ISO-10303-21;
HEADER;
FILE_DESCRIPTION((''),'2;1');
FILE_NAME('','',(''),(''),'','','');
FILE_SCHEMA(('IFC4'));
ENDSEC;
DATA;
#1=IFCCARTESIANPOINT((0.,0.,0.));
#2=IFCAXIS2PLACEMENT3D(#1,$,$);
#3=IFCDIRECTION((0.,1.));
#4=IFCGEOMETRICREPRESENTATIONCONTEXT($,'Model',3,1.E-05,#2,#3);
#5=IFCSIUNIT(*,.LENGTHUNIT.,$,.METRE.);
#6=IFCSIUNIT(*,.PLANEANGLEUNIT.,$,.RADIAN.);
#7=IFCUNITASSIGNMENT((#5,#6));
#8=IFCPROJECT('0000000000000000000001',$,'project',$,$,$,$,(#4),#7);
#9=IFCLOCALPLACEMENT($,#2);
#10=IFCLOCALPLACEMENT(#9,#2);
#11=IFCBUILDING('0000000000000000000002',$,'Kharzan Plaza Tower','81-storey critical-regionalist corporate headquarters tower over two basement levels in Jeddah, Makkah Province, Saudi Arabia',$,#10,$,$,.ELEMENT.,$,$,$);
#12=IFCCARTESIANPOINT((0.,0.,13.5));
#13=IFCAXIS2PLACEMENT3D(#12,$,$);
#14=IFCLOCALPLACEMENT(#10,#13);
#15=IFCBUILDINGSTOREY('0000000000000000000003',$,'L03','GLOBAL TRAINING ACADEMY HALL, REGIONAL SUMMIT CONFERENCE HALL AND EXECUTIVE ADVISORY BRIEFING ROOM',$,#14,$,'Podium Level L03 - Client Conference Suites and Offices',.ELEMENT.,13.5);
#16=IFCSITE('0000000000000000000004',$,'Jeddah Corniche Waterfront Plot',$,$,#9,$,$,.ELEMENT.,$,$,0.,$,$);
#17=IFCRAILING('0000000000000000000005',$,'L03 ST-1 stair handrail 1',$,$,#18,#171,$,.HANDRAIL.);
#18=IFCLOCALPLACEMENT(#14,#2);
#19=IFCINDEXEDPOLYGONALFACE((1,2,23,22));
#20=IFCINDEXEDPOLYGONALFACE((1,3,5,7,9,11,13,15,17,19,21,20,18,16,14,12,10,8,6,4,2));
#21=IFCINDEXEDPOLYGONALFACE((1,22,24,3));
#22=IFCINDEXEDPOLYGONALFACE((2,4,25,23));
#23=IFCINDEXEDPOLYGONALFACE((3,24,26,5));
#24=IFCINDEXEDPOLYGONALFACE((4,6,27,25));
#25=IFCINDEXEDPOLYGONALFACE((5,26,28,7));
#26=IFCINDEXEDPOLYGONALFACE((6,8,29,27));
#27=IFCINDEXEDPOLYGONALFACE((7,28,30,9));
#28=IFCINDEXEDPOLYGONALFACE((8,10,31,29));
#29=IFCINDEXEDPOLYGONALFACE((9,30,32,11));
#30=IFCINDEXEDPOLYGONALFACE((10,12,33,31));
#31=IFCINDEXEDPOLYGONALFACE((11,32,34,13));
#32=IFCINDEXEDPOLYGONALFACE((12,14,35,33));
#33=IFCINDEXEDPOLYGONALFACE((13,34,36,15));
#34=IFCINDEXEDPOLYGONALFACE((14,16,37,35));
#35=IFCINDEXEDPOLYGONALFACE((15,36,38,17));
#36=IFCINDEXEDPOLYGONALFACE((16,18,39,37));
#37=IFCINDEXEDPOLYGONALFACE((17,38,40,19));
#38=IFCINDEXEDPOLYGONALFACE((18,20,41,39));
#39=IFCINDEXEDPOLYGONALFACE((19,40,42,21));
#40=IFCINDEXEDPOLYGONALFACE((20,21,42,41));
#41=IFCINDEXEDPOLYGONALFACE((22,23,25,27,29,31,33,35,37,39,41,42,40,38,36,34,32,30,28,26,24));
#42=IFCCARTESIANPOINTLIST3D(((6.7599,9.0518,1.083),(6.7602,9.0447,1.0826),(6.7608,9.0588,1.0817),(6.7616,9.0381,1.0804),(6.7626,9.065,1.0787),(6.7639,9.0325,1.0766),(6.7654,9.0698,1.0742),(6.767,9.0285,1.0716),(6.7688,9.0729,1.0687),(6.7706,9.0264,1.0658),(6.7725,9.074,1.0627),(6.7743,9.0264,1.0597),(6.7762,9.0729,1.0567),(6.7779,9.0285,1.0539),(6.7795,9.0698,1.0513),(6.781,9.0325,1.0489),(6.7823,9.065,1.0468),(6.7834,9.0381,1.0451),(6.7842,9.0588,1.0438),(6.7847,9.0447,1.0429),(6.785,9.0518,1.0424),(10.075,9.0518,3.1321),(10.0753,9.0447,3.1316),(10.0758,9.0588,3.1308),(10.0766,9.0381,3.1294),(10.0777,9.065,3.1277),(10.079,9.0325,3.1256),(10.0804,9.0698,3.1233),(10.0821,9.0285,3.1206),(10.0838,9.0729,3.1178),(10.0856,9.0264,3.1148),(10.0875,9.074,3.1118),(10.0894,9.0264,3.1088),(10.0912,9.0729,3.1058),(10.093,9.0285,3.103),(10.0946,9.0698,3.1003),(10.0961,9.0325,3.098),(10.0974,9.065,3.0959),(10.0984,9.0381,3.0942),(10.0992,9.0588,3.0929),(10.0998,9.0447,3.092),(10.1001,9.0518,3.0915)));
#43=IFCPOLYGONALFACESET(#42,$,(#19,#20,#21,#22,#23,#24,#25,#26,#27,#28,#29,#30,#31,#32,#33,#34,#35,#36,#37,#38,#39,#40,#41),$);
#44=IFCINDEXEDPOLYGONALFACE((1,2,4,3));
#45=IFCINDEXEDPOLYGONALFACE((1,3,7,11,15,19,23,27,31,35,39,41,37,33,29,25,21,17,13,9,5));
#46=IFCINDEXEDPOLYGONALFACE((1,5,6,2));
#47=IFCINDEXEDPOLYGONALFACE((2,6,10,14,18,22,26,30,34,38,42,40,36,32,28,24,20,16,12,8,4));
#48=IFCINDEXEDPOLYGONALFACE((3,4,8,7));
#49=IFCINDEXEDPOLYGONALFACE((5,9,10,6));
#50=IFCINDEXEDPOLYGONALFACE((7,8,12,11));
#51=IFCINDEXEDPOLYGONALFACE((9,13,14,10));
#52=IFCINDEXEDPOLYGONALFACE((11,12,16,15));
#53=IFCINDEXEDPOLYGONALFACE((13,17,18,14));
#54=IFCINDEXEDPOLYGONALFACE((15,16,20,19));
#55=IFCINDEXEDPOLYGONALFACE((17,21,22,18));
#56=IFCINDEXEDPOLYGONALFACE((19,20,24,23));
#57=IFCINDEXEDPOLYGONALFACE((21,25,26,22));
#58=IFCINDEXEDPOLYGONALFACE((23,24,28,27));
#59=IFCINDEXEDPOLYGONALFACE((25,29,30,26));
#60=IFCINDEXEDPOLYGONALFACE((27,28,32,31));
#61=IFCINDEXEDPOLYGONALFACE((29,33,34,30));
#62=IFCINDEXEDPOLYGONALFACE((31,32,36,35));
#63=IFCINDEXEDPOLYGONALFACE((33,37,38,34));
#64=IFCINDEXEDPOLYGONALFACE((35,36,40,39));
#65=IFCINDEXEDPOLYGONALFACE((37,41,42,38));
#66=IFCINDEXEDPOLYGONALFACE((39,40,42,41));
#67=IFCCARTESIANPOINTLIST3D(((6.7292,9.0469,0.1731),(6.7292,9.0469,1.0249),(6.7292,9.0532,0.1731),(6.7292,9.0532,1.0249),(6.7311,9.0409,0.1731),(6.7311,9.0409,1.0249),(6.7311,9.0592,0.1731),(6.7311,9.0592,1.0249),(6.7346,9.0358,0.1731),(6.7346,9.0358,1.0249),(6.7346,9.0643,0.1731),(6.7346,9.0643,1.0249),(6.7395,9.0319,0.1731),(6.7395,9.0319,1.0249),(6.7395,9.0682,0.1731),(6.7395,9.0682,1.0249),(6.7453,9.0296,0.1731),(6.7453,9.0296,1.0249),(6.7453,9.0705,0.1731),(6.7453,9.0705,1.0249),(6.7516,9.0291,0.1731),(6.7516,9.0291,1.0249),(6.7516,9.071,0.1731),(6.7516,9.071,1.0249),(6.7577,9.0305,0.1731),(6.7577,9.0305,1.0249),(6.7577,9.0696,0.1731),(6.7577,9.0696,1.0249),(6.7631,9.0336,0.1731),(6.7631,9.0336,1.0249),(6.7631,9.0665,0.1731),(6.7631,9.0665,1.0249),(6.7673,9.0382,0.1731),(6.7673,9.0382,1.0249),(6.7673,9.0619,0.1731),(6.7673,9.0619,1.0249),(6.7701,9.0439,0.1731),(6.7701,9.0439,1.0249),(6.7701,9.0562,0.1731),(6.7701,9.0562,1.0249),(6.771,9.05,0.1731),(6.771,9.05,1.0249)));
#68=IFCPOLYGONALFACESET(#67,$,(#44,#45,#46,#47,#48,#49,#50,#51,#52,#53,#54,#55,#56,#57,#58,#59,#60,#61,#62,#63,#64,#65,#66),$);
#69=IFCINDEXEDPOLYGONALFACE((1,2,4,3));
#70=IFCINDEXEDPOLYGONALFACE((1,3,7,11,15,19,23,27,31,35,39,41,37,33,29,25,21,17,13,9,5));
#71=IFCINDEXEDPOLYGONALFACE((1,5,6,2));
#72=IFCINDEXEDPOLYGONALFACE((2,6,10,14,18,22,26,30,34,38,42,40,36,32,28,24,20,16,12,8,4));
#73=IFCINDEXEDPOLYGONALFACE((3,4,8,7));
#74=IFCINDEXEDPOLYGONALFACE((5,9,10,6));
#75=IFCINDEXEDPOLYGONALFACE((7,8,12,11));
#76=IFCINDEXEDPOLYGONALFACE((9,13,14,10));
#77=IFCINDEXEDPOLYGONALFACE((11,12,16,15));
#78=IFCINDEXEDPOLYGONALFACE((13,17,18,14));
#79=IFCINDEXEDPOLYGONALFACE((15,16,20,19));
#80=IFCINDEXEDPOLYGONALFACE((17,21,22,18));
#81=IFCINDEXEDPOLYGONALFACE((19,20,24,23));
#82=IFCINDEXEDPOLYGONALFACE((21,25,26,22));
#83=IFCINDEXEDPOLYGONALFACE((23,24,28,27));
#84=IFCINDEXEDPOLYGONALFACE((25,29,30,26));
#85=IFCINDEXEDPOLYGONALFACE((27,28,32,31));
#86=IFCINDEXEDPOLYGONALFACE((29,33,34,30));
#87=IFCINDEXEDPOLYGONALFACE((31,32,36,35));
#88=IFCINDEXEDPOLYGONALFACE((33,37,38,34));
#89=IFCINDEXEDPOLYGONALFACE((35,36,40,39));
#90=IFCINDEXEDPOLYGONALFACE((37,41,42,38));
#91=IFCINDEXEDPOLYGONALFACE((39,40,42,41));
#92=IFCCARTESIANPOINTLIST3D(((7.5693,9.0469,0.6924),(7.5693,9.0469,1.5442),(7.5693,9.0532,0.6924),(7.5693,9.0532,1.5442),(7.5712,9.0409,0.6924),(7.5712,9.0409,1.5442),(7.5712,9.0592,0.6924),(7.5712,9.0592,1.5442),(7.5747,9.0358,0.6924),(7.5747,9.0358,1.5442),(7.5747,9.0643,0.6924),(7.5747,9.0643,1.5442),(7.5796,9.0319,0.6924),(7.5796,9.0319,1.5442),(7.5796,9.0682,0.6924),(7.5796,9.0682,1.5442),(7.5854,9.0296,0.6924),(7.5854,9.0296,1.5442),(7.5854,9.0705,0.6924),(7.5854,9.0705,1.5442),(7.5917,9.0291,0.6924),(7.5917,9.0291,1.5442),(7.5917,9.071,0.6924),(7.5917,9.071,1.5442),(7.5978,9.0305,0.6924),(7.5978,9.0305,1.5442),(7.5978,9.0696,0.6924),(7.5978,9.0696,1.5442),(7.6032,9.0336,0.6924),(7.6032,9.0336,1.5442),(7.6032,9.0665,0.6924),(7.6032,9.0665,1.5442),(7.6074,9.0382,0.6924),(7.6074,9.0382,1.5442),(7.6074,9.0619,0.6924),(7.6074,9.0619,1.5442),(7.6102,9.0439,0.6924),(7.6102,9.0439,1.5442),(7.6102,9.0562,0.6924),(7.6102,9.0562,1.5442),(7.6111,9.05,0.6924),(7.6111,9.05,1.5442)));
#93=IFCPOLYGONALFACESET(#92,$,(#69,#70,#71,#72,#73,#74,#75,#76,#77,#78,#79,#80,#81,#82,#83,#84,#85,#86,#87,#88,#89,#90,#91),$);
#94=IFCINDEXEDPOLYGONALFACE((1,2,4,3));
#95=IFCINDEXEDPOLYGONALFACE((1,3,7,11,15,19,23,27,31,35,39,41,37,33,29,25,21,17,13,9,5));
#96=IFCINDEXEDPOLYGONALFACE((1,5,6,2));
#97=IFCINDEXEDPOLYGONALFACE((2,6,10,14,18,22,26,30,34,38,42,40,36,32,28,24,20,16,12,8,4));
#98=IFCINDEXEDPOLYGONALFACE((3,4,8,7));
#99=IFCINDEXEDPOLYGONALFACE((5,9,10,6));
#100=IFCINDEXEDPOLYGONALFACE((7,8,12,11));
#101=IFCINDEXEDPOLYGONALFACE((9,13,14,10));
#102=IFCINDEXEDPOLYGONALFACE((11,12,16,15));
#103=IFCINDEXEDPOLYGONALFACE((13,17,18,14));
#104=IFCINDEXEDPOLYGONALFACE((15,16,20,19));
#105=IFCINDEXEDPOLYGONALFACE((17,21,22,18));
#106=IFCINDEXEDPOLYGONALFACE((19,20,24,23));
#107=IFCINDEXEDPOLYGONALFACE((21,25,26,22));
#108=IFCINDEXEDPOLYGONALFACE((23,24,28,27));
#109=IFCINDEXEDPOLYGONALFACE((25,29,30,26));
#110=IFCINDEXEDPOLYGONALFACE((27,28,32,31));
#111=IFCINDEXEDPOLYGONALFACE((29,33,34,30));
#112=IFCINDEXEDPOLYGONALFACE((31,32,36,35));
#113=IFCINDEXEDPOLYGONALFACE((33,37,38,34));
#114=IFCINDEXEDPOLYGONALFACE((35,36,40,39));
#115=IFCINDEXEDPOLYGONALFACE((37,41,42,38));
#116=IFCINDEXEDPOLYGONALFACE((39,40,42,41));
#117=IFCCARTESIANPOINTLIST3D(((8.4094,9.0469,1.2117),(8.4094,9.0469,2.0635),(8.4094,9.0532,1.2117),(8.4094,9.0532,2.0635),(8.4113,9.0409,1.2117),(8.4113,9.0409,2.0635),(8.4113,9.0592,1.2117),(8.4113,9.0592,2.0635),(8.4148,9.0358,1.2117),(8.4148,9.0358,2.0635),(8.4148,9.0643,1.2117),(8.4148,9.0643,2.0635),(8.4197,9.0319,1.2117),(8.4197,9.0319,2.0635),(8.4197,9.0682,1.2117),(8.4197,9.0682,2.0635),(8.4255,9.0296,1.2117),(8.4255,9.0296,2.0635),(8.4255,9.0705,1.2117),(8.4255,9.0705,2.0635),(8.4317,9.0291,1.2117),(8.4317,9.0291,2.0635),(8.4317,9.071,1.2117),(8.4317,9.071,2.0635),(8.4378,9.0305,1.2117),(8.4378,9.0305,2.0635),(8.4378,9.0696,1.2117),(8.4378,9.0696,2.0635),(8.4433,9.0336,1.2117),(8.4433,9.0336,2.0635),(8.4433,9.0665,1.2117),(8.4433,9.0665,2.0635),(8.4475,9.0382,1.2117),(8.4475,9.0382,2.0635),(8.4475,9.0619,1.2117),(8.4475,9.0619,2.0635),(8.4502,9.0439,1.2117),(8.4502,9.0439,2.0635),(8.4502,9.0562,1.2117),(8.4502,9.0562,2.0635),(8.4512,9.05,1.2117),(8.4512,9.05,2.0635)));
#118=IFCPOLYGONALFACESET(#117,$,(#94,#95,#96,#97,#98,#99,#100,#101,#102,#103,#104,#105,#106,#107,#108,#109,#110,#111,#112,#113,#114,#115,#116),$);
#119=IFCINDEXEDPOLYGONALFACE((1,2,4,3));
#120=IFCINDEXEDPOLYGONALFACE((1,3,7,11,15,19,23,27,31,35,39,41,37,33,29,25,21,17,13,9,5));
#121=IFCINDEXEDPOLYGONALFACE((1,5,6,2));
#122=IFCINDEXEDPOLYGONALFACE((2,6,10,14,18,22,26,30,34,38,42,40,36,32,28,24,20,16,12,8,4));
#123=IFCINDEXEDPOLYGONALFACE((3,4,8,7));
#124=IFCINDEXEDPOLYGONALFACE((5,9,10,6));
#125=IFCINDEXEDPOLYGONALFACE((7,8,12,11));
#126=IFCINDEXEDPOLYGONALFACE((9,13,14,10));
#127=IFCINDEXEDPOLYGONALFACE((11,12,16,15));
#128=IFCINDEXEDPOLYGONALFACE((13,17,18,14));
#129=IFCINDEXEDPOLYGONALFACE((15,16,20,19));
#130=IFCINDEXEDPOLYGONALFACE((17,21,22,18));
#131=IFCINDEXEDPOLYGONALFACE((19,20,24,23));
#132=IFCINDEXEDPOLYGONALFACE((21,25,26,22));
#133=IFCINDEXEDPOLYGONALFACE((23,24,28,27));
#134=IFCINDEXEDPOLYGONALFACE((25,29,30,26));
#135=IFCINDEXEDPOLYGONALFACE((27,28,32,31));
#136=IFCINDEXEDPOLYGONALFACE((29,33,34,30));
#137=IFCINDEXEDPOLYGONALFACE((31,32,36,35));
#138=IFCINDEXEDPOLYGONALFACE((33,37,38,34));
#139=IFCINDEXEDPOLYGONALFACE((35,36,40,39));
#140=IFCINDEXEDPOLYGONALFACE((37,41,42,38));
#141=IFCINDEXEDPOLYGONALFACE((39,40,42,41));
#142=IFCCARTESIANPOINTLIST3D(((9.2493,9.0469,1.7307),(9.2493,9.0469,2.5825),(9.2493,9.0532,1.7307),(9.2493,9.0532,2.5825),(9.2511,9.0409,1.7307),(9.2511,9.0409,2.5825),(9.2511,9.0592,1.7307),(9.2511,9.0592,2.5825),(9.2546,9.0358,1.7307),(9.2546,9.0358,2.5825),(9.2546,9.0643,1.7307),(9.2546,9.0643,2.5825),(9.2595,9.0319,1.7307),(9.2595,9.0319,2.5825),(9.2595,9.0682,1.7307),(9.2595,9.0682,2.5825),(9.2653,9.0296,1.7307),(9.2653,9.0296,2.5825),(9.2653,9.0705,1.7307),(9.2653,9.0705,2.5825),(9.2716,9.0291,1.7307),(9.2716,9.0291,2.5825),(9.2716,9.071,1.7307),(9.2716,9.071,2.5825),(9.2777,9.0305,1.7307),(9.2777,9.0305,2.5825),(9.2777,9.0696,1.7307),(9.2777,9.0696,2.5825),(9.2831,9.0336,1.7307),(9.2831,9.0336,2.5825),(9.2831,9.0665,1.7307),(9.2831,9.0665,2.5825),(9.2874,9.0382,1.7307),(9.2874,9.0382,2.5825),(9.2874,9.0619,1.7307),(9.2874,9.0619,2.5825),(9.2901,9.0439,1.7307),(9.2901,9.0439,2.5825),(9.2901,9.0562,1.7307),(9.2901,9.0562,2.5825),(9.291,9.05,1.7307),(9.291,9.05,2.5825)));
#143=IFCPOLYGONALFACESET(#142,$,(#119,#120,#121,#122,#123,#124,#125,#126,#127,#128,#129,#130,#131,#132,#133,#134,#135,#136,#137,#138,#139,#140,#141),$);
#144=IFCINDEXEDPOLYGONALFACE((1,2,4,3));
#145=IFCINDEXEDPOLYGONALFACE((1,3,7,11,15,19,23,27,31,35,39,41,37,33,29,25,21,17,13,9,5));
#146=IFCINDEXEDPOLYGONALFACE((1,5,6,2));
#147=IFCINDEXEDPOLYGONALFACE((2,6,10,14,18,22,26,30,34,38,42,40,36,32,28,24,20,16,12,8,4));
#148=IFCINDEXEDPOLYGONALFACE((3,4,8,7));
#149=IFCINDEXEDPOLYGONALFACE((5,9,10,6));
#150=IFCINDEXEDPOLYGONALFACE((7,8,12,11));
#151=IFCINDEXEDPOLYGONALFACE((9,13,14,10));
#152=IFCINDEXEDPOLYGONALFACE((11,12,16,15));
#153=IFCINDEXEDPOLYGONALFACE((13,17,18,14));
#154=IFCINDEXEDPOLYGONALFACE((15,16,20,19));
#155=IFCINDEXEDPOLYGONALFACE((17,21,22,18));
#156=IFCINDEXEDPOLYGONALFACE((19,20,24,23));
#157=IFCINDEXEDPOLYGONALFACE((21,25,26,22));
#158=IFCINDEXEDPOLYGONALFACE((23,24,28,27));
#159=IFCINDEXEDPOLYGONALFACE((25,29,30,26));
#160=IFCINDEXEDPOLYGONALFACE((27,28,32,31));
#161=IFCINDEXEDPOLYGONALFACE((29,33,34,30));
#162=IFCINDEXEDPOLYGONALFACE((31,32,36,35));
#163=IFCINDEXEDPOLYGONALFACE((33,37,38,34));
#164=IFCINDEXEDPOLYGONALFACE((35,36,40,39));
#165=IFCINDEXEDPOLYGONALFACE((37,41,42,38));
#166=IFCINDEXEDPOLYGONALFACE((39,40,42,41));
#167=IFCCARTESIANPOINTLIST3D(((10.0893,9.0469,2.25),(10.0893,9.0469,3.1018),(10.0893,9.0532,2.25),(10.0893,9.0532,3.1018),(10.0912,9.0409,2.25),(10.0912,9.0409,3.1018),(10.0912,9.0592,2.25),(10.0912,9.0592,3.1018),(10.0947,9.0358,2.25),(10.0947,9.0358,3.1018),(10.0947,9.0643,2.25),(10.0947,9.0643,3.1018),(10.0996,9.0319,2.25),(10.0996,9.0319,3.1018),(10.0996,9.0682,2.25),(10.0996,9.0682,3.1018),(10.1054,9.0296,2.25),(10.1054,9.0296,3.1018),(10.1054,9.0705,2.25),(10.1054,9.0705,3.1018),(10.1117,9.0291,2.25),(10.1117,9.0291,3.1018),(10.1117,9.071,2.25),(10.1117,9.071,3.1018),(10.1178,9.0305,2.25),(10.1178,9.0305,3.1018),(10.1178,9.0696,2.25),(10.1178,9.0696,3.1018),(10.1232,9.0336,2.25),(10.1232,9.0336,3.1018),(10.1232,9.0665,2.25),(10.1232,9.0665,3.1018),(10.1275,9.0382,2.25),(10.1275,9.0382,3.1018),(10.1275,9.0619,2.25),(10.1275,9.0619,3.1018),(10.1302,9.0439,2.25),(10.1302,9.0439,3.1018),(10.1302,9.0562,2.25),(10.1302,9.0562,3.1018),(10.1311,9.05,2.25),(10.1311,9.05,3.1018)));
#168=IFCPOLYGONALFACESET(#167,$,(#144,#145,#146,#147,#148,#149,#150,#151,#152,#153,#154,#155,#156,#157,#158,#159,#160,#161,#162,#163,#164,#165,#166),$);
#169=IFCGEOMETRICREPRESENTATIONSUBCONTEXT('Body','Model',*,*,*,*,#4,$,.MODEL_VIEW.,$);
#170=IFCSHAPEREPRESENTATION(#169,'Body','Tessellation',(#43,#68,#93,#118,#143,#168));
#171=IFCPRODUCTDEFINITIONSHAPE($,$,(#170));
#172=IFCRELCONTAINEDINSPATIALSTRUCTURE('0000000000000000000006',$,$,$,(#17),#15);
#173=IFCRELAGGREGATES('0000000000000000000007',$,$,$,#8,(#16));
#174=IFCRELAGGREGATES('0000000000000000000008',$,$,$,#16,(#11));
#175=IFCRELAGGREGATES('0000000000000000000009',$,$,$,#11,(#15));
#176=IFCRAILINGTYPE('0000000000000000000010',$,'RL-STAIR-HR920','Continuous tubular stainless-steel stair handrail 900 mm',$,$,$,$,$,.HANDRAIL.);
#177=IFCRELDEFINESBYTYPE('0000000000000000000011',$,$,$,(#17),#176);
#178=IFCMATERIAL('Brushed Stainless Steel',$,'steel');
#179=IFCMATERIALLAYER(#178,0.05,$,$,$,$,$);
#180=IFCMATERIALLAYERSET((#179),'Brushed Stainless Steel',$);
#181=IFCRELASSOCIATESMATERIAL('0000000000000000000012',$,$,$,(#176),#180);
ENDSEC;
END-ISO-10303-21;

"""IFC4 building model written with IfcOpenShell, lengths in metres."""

from ifc_helpers import new_model, si_unit, direction, frame, origin, origin_2d, place, context, subcontext, project, spatial, circle, extrude, source, transform, mapped, material, layer, layer_set, type_object, element, save


model = new_model("IFC4")

# Units and contexts
model_context = context("Model", 3, precision=1e-05, world=origin(), true_north=direction((0.0, 1.0)))
body_context = subcontext(model_context, "Body", "Model", "MODEL_VIEW")
ifc_project = project(units=[si_unit("LENGTHUNIT", "METRE"), si_unit("PLANEANGLEUNIT", "RADIAN")], contexts=[model_context])

# Site, building, storey
site_placement = place(None, origin())
site = spatial("IfcSite", under=ifc_project, at=site_placement, Name="Jeddah Corniche Waterfront Plot", CompositionType="ELEMENT", RefElevation=0.0)
building_placement = place(site_placement, origin())
building = spatial("IfcBuilding", under=site, at=building_placement, Name="Kharzan Plaza Tower", Description="81-storey critical-regionalist corporate headquarters tower over two basement levels in Jeddah, Makkah Province, Saudi Arabia", CompositionType="ELEMENT")
storey_placement = place(building_placement, frame((0.0, 0.0, 13.5)))
storey = spatial("IfcBuildingStorey", under=building, at=storey_placement, Name="L03", Description="GLOBAL TRAINING ACADEMY HALL, REGIONAL SUMMIT CONFERENCE HALL AND EXECUTIVE ADVISORY BRIEFING ROOM", LongName="Podium Level L03 - Client Conference Suites and Offices", CompositionType="ELEMENT", Elevation=13.5)

# Railing
ifc_material_1 = material(Name="Brushed Stainless Steel", Category="steel")
ifc_layer_1 = layer(ifc_material_1, 0.05)
ifc_layer_set_1 = layer_set([ifc_layer_1], Name="Brushed Stainless Steel")
railing_type = type_object("IfcRailingType", Name="RL-STAIR-HR920", Description="Continuous tubular stainless-steel stair handrail 900 mm", PredefinedType="HANDRAIL", material=ifc_layer_set_1)
shared_shape_1 = source(origin(), body_context, "Body", "SweptSolid", [
    extrude(circle(Radius=0.0239, at=origin_2d()), frame((0.0225, 0.0, 0.8896), z_axis=(0.850623, 0.0, 0.525776), x_axis=(0.0, 1.0, 0.0)), (0.0, 0.0, 1.0), 3.8972),
    extrude(circle(Radius=0.021, at=origin_2d()), origin(), (0.0, 0.0, 1.0), 0.8518),
    extrude(circle(Radius=0.021, at=origin_2d()), frame((0.8401, 0.0, 0.5193)), (0.0, 0.0, 1.0), 0.8518),
    extrude(circle(Radius=0.021, at=origin_2d()), frame((1.6802, 0.0, 1.0386)), (0.0, 0.0, 1.0), 0.8518),
    extrude(circle(Radius=0.021, at=origin_2d()), frame((2.52, 0.0, 1.5576)), (0.0, 0.0, 1.0), 0.8518),
    extrude(circle(Radius=0.021, at=origin_2d()), frame((3.3601, 0.0, 2.0769)), (0.0, 0.0, 1.0), 0.8518),
])
railing_placement = place(storey_placement, frame((6.75, 9.05, 0.1731)))
element("IfcRailing", 1, at=railing_placement, inside=storey, type_object=railing_type, Name="L03 ST-1 stair handrail 1", PredefinedType="HANDRAIL", context=body_context, shape_type="MappedRepresentation", body=[
    mapped(shared_shape_1, transform((0.0, 0.0, 0.0), x_axis=(1.0, 0.0, 0.0), y_axis=(0.0, 1.0, 0.0), z_axis=(0.0, 0.0, 1.0))),
])

save(model, "model.ifc")
